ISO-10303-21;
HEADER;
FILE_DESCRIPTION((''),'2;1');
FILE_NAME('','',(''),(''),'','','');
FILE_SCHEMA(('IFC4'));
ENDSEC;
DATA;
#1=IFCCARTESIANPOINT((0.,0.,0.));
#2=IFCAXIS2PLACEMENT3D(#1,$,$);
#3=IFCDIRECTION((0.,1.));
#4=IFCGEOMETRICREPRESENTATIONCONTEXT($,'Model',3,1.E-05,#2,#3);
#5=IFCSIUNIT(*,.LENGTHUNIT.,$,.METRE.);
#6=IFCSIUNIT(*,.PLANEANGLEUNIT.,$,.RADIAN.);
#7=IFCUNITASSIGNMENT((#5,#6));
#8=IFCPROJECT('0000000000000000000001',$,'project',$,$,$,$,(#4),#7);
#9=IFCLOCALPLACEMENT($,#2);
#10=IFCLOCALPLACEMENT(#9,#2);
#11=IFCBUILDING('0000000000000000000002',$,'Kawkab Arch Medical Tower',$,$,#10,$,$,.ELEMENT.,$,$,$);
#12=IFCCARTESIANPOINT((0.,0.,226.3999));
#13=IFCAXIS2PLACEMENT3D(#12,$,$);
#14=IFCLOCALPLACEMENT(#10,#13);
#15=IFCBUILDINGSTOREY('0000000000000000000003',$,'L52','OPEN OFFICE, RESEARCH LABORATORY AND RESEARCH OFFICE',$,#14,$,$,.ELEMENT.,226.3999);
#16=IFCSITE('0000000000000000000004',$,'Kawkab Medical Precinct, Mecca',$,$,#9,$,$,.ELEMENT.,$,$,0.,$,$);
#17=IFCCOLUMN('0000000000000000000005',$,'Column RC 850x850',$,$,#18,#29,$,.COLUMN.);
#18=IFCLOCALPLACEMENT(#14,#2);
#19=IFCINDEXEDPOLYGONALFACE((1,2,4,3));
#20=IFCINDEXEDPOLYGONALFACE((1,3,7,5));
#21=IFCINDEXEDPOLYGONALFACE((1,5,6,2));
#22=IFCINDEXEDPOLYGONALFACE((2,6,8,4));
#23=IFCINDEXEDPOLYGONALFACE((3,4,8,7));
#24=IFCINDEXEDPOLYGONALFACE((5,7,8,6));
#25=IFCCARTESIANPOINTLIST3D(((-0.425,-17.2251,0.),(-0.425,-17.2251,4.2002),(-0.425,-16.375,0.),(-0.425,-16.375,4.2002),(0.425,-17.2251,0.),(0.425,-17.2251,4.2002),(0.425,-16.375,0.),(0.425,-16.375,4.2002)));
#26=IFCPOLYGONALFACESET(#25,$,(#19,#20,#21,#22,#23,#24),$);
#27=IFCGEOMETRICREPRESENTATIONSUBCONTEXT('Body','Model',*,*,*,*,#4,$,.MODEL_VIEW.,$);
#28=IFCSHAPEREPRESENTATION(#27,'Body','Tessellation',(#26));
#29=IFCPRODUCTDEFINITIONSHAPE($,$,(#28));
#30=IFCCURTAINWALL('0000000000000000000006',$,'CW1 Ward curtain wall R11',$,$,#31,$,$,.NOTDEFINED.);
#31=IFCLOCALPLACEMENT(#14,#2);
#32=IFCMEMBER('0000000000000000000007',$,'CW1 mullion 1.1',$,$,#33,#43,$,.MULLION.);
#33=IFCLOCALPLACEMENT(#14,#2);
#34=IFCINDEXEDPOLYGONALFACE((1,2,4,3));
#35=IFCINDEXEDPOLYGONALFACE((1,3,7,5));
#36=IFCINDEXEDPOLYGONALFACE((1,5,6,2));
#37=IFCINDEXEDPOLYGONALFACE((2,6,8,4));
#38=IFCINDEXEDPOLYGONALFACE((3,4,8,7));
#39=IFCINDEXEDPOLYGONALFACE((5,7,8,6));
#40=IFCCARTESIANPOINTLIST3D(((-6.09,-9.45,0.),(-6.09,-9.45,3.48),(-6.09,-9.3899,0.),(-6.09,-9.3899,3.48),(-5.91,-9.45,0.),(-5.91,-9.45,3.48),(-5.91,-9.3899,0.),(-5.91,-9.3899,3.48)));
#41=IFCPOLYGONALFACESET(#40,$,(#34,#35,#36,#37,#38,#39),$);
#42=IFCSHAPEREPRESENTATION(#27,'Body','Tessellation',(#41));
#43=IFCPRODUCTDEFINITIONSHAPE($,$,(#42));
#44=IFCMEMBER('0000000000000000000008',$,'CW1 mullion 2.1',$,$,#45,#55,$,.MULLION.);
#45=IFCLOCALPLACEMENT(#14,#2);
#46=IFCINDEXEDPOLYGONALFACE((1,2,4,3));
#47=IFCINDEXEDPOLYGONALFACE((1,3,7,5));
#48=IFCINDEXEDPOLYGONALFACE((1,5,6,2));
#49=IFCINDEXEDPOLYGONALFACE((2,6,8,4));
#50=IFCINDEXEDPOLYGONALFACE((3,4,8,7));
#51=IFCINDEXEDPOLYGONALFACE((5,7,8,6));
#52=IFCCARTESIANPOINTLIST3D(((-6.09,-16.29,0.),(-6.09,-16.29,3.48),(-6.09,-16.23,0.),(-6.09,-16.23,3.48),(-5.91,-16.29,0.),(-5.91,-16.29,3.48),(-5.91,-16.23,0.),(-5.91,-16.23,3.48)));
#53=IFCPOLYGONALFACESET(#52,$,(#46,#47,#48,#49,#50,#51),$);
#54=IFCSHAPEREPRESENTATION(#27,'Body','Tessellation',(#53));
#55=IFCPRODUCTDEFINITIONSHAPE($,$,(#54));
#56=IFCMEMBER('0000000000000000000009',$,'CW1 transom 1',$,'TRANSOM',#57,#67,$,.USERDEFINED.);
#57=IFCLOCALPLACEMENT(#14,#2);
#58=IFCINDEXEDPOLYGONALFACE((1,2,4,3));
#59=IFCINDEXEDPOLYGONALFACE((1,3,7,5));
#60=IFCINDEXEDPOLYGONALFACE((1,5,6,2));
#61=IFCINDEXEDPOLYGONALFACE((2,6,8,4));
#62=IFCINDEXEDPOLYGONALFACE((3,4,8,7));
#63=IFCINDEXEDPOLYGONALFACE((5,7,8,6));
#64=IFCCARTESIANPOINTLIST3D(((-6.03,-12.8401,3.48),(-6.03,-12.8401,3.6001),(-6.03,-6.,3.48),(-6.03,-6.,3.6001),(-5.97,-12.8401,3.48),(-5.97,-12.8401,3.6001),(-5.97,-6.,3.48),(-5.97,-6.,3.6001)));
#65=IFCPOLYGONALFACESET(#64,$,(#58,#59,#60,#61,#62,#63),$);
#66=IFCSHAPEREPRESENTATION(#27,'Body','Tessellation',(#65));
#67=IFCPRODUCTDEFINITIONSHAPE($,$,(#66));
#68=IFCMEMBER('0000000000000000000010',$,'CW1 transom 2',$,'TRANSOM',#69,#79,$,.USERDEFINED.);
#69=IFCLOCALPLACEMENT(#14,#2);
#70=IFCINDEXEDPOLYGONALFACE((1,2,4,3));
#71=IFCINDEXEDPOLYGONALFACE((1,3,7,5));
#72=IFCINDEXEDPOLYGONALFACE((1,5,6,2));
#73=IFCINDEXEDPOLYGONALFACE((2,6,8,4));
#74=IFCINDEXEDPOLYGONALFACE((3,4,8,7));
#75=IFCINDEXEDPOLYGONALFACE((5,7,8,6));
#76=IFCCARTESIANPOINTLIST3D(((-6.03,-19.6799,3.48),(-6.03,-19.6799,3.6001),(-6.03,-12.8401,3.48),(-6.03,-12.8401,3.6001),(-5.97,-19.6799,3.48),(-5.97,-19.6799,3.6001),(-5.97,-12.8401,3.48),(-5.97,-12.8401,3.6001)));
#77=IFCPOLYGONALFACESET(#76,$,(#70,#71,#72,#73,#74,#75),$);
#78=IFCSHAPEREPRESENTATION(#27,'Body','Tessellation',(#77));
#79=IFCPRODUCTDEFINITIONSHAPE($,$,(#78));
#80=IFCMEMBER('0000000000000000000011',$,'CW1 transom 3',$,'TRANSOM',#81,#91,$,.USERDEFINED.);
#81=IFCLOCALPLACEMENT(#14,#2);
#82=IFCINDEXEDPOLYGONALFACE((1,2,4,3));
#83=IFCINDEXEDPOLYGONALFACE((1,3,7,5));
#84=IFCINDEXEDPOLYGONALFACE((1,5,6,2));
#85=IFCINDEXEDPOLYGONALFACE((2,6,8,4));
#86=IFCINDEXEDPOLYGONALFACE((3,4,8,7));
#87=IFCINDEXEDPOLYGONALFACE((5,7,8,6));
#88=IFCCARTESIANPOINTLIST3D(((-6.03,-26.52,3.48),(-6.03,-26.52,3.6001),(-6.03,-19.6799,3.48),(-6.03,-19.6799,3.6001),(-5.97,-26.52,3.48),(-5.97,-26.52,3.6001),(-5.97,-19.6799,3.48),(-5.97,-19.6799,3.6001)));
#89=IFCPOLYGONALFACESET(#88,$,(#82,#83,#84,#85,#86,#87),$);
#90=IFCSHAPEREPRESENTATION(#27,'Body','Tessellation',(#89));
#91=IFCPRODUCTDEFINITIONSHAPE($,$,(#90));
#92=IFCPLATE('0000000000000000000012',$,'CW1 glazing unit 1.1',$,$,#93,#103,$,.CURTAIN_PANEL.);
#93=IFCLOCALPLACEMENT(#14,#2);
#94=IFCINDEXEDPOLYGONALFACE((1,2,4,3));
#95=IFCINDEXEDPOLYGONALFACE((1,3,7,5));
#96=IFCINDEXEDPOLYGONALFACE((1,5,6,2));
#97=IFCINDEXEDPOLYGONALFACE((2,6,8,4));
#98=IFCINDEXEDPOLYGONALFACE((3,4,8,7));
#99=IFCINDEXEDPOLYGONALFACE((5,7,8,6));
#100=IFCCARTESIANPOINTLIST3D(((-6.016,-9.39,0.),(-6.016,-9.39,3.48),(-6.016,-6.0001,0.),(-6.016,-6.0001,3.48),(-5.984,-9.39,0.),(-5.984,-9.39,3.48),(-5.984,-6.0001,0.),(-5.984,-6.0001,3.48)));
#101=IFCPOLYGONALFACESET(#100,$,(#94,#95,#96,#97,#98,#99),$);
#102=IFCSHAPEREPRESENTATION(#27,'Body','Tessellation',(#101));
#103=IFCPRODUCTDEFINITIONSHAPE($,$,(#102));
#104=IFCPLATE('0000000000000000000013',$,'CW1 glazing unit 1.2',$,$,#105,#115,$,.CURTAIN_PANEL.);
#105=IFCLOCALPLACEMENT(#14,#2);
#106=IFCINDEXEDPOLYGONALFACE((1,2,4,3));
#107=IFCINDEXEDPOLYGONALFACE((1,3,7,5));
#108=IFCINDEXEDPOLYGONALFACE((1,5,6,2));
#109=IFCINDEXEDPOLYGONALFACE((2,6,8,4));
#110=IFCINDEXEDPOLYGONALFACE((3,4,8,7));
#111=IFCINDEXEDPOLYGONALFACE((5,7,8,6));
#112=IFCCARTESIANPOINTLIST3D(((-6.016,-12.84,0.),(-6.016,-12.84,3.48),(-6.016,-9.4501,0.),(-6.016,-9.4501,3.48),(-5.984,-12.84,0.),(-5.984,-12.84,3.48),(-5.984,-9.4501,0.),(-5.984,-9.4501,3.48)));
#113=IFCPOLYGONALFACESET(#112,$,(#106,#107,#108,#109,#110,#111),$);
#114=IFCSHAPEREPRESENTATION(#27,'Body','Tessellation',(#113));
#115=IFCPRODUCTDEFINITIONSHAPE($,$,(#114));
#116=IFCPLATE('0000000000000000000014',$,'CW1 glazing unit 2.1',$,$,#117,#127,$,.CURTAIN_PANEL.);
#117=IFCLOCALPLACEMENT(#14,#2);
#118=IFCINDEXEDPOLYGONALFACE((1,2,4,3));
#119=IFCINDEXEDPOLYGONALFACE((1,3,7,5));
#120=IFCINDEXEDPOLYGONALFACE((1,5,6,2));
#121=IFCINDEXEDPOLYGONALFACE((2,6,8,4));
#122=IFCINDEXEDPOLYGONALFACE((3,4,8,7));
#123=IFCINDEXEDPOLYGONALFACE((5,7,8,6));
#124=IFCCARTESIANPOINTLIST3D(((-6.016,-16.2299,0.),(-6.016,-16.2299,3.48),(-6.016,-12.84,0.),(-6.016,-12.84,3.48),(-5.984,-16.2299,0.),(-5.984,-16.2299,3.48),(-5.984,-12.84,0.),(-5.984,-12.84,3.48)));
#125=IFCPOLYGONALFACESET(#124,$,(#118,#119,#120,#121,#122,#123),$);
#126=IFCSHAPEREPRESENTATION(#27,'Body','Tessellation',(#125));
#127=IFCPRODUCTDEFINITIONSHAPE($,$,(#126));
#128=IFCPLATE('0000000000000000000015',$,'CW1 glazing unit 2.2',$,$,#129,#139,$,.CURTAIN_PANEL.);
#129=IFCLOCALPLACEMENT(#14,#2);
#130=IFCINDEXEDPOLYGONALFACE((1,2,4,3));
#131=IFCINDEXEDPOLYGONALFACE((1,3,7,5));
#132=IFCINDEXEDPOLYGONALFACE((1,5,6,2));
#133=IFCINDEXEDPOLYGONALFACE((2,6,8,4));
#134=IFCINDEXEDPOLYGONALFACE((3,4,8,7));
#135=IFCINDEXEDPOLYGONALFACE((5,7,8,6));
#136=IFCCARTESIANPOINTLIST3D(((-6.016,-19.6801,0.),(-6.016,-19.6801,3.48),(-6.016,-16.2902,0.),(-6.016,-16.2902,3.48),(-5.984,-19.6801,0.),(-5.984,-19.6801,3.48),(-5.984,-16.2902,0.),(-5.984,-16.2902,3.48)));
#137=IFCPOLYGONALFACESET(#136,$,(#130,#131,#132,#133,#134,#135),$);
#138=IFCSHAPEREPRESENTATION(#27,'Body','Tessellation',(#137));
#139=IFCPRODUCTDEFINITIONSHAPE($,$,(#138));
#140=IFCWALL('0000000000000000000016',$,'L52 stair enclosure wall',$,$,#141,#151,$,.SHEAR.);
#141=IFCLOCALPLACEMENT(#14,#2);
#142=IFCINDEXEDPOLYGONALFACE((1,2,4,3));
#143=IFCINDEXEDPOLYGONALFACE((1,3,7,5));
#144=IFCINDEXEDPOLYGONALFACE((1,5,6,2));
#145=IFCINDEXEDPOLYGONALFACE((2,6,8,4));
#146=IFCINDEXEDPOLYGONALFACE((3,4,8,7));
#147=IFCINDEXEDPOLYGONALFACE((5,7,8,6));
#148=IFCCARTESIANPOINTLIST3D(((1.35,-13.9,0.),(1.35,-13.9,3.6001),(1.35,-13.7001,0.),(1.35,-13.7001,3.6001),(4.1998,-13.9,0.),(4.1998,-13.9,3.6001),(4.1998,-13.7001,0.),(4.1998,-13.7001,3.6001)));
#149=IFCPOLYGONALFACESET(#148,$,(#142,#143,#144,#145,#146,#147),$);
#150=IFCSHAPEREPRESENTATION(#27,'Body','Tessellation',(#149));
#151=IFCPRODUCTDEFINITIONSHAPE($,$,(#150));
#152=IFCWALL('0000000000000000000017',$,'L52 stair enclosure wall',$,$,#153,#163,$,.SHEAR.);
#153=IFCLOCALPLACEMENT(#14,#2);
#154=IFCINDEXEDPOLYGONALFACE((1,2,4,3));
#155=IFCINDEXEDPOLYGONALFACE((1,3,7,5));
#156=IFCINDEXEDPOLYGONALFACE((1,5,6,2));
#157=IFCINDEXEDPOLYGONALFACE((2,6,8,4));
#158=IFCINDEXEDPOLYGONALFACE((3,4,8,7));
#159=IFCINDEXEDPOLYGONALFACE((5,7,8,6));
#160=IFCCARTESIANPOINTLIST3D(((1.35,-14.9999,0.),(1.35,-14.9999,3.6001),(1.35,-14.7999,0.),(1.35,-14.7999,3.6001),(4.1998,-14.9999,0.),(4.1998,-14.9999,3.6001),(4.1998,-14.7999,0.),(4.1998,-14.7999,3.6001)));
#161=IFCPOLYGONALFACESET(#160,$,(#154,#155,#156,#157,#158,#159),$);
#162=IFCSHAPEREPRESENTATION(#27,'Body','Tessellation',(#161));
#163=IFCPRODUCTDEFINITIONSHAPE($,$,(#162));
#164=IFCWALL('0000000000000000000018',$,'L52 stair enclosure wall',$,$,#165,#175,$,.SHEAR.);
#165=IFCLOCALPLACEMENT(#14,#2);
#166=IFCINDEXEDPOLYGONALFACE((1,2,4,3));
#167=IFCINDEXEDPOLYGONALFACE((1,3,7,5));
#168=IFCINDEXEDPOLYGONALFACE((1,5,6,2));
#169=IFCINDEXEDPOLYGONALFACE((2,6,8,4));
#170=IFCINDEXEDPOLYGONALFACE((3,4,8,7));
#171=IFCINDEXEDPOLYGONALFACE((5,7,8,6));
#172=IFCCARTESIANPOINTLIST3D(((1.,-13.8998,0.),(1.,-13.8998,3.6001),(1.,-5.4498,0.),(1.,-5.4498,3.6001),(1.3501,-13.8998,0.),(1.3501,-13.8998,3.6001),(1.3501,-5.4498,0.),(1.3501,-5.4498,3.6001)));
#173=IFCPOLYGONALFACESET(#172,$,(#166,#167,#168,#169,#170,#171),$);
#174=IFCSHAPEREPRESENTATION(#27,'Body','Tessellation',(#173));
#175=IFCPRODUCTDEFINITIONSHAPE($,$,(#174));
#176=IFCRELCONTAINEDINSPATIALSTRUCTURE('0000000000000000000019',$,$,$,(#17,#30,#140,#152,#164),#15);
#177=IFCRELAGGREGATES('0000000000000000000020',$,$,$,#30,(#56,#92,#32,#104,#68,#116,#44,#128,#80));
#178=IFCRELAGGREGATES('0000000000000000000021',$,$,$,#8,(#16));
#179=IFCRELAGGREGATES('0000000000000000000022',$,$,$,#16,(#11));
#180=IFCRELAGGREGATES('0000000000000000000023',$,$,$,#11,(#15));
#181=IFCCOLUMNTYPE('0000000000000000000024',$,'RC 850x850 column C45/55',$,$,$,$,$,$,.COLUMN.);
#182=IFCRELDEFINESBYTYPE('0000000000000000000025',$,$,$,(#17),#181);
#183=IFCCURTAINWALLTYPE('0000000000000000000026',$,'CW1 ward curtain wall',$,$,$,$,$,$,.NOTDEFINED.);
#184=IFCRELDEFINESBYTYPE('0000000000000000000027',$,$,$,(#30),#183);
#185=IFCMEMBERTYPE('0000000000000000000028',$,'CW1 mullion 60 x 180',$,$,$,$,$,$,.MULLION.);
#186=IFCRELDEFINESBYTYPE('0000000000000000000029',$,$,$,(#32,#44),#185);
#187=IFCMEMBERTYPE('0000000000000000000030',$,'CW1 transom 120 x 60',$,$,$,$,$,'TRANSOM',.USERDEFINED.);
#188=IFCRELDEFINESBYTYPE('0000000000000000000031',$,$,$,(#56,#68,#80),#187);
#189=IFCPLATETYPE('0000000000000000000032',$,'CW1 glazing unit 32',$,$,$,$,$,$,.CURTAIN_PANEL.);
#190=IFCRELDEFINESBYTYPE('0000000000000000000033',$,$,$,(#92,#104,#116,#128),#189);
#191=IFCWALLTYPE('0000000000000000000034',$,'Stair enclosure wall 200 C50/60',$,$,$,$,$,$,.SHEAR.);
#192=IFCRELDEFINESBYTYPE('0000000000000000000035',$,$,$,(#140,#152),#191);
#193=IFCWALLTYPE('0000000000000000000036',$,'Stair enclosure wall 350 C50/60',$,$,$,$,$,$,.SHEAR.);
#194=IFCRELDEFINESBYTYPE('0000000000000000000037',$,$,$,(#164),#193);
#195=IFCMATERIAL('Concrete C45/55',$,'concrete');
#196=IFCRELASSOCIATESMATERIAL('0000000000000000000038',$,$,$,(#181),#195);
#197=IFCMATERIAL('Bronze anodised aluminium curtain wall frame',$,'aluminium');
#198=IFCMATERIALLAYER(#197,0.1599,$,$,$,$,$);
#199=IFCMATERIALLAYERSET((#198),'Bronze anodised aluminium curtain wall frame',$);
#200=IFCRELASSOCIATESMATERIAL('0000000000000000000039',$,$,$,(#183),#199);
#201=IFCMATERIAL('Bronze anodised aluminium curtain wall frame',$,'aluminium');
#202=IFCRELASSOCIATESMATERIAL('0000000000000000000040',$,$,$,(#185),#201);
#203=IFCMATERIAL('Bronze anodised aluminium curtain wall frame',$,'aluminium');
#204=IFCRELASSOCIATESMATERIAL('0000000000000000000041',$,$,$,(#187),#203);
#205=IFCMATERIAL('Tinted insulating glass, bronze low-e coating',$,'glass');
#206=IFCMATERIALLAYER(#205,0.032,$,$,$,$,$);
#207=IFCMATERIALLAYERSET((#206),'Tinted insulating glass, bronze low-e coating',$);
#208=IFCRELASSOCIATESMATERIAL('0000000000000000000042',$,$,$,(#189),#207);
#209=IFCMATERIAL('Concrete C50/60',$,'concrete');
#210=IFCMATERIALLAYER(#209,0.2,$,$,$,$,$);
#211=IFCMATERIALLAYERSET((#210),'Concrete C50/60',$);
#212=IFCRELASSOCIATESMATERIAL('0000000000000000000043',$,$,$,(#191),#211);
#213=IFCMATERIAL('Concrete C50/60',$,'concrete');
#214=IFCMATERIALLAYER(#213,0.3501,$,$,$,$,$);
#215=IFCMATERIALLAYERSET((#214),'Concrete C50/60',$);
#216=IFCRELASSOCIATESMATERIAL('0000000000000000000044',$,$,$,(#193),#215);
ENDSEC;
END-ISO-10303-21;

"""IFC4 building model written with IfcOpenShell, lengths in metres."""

from ifc_helpers import new_model, si_unit, direction, frame, frame_2d, origin, origin_2d, place, context, subcontext, project, spatial, rectangle, extrude, material, layer, layer_set, material_profile, profile_set, type_object, element, aggregate, save


model = new_model("IFC4")

# Units and contexts
model_context = context("Model", 3, precision=1e-05, world=origin(), true_north=direction((0.0, 1.0)))
body_context = subcontext(model_context, "Body", "Model", "MODEL_VIEW")
ifc_project = project(units=[si_unit("LENGTHUNIT", "METRE"), si_unit("PLANEANGLEUNIT", "RADIAN")], contexts=[model_context])

# Site, building, storey
site_placement = place(None, origin())
site = spatial("IfcSite", under=ifc_project, at=site_placement, Name="Kawkab Medical Precinct, Mecca", CompositionType="ELEMENT", RefElevation=0.0)
building_placement = place(site_placement, origin())
building = spatial("IfcBuilding", under=site, at=building_placement, Name="Kawkab Arch Medical Tower", CompositionType="ELEMENT")
storey_placement = place(building_placement, frame((0.0, 0.0, 226.3999)))
storey = spatial("IfcBuildingStorey", under=building, at=storey_placement, Name="L52", Description="OPEN OFFICE, RESEARCH LABORATORY AND RESEARCH OFFICE", CompositionType="ELEMENT", Elevation=226.3999)

# Column
ifc_material_1 = material(Name="Concrete C45/55", Category="concrete")
ifc_material_profile_1 = material_profile(ifc_material_1, rectangle(XDim=0.8501, YDim=0.8501, at=origin_2d()), Name="RC 850x850")
ifc_profile_set_1 = profile_set([ifc_material_profile_1], Name="Concrete C45/55")
column_type = type_object("IfcColumnType", Name="RC 850x850 column C45/55", PredefinedType="COLUMN", material=ifc_profile_set_1)
column_placement = place(storey_placement, frame((0.0, -16.8, 0.0), z_axis=(0.0, 0.0, 1.0), x_axis=(1.0, 0.0, 0.0)))
element("IfcColumn", 1, at=column_placement, inside=storey, type_object=column_type, Name="Column RC 850x850", PredefinedType="COLUMN", context=body_context, shape_type="SweptSolid", body=[
    extrude(rectangle(XDim=0.8501, YDim=0.8501, at=origin_2d()), origin(), (0.0, 0.0, 1.0), 4.2002),
])

# Curtain wall, members, plates
ifc_material_2 = material(Name="Bronze anodised aluminium curtain wall frame", Category="aluminium")
ifc_layer_1 = layer(ifc_material_2, 0.1599)
ifc_layer_set_1 = layer_set([ifc_layer_1], Name="Bronze anodised aluminium curtain wall frame")
curtain_wall_type = type_object("IfcCurtainWallType", Name="CW1 ward curtain wall", PredefinedType="NOTDEFINED", material=ifc_layer_set_1)
placement = place(storey_placement, origin())
curtain_wall = element("IfcCurtainWall", 2, at=placement, inside=storey, type_object=curtain_wall_type, Name="CW1 Ward curtain wall R11", PredefinedType="NOTDEFINED")
ifc_material_3 = material(Name="Bronze anodised aluminium curtain wall frame", Category="aluminium")
ifc_material_profile_2 = material_profile(ifc_material_3, rectangle(XDim=0.1799, YDim=0.0601, at=origin_2d()), Name="AL 60x180")
ifc_profile_set_2 = profile_set([ifc_material_profile_2], Name="Bronze anodised aluminium curtain wall frame")
member_type_1 = type_object("IfcMemberType", Name="CW1 mullion 60 x 180", PredefinedType="MULLION", material=ifc_profile_set_2)
member_1_placement = place(storey_placement, frame((-6.0, -9.4199, 0.0), z_axis=(0.0, 0.0, 1.0), x_axis=(1.0, 0.0, 0.0)))
member_1 = element("IfcMember", 3, at=member_1_placement, type_object=member_type_1, Name="CW1 mullion 1.1", PredefinedType="MULLION", context=body_context, shape_type="SweptSolid", body=[
    extrude(rectangle(XDim=0.1799, YDim=0.0601, at=origin_2d()), origin(), (0.0, 0.0, 1.0), 3.48),
])
member_2_placement = place(storey_placement, frame((-6.0, -16.26, 0.0), z_axis=(0.0, 0.0, 1.0), x_axis=(1.0, 0.0, 0.0)))
member_2 = element("IfcMember", 4, at=member_2_placement, type_object=member_type_1, Name="CW1 mullion 2.1", PredefinedType="MULLION", context=body_context, shape_type="SweptSolid", body=[
    extrude(rectangle(XDim=0.1799, YDim=0.0601, at=origin_2d()), origin(), (0.0, 0.0, 1.0), 3.48),
])
ifc_material_4 = material(Name="Bronze anodised aluminium curtain wall frame", Category="aluminium")
ifc_material_profile_3 = material_profile(ifc_material_4, rectangle(XDim=0.0601, YDim=0.1201, at=origin_2d()), Name="AL 60x120")
ifc_profile_set_3 = profile_set([ifc_material_profile_3], Name="Bronze anodised aluminium curtain wall frame")
member_type_2 = type_object("IfcMemberType", Name="CW1 transom 120 x 60", ElementType="TRANSOM", PredefinedType="USERDEFINED", material=ifc_profile_set_3)
member_3_placement = place(storey_placement, frame((-6.0, -6.0, 3.54), z_axis=(0.0, -1.0, 0.0), x_axis=(1.0, 0.0, 0.0)))
member_3 = element("IfcMember", 5, at=member_3_placement, type_object=member_type_2, Name="CW1 transom 1", ObjectType="TRANSOM", PredefinedType="USERDEFINED", context=body_context, shape_type="SweptSolid", body=[
    extrude(rectangle(XDim=0.0601, YDim=0.1201, at=origin_2d()), origin(), (0.0, 0.0, 1.0), 6.8401),
])
member_4_placement = place(storey_placement, frame((-6.0, -12.8401, 3.54), z_axis=(0.0, -1.0, 0.0), x_axis=(1.0, 0.0, 0.0)))
member_4 = element("IfcMember", 6, at=member_4_placement, type_object=member_type_2, Name="CW1 transom 2", ObjectType="TRANSOM", PredefinedType="USERDEFINED", context=body_context, shape_type="SweptSolid", body=[
    extrude(rectangle(XDim=0.0601, YDim=0.1201, at=origin_2d()), origin(), (0.0, 0.0, 1.0), 6.8398),
])
member_5_placement = place(storey_placement, frame((-6.0, -19.6799, 3.54), z_axis=(0.0, -1.0, 0.0), x_axis=(1.0, 0.0, 0.0)))
member_5 = element("IfcMember", 7, at=member_5_placement, type_object=member_type_2, Name="CW1 transom 3", ObjectType="TRANSOM", PredefinedType="USERDEFINED", context=body_context, shape_type="SweptSolid", body=[
    extrude(rectangle(XDim=0.0601, YDim=0.1201, at=origin_2d()), origin(), (0.0, 0.0, 1.0), 6.8401),
])
ifc_material_5 = material(Name="Tinted insulating glass, bronze low-e coating", Category="glass")
ifc_layer_2 = layer(ifc_material_5, 0.032)
ifc_layer_set_2 = layer_set([ifc_layer_2], Name="Tinted insulating glass, bronze low-e coating")
plate_type = type_object("IfcPlateType", Name="CW1 glazing unit 32", PredefinedType="CURTAIN_PANEL", material=ifc_layer_set_2)
plate_1_placement = place(storey_placement, frame((-6.0, -7.6951, 0.0), z_axis=(0.0, 0.0, 1.0), x_axis=(0.0, -1.0, 0.0)))
plate_1 = element("IfcPlate", 8, at=plate_1_placement, type_object=plate_type, Name="CW1 glazing unit 1.1", PredefinedType="CURTAIN_PANEL", context=body_context, shape_type="SweptSolid", body=[
    extrude(rectangle(XDim=3.3899, YDim=0.032, at=origin_2d()), origin(), (0.0, 0.0, 1.0), 3.48),
])
plate_2_placement = place(storey_placement, frame((-6.0, -11.145, 0.0), z_axis=(0.0, 0.0, 1.0), x_axis=(0.0, -1.0, 0.0)))
plate_2 = element("IfcPlate", 9, at=plate_2_placement, type_object=plate_type, Name="CW1 glazing unit 1.2", PredefinedType="CURTAIN_PANEL", context=body_context, shape_type="SweptSolid", body=[
    extrude(rectangle(XDim=3.3899, YDim=0.032, at=origin_2d()), origin(), (0.0, 0.0, 1.0), 3.48),
])
plate_3_placement = place(storey_placement, frame((-6.0, -14.5349, 0.0), z_axis=(0.0, 0.0, 1.0), x_axis=(0.0, -1.0, 0.0)))
plate_3 = element("IfcPlate", 10, at=plate_3_placement, type_object=plate_type, Name="CW1 glazing unit 2.1", PredefinedType="CURTAIN_PANEL", context=body_context, shape_type="SweptSolid", body=[
    extrude(rectangle(XDim=3.3899, YDim=0.032, at=origin_2d()), origin(), (0.0, 0.0, 1.0), 3.48),
])
plate_4_placement = place(storey_placement, frame((-6.0, -17.9851, 0.0), z_axis=(0.0, 0.0, 1.0), x_axis=(0.0, -1.0, 0.0)))
plate_4 = element("IfcPlate", 11, at=plate_4_placement, type_object=plate_type, Name="CW1 glazing unit 2.2", PredefinedType="CURTAIN_PANEL", context=body_context, shape_type="SweptSolid", body=[
    extrude(rectangle(XDim=3.3899, YDim=0.032, at=origin_2d()), origin(), (0.0, 0.0, 1.0), 3.48),
])
aggregate(curtain_wall, [member_3, plate_1, member_1, plate_2, member_4, plate_3, member_2, plate_4, member_5])

# Walls
ifc_material_6 = material(Name="Concrete C50/60", Category="concrete")
ifc_layer_3 = layer(ifc_material_6, 0.2)
ifc_layer_set_3 = layer_set([ifc_layer_3], Name="Concrete C50/60")
wall_type_1 = type_object("IfcWallType", Name="Stair enclosure wall 200 C50/60", PredefinedType="SHEAR", material=ifc_layer_set_3)
for number, where, z_axis, x_axis, name in (
    (12, (1.3501, -13.8, 0.0), (0.0, 0.0, 1.0), (1.0, 0.0, 0.0), "L52 stair enclosure wall"),
    (13, (1.3501, -14.8999, 0.0), (0.0, 0.0, 1.0), (1.0, 0.0, 0.0), "L52 stair enclosure wall"),
):
    element("IfcWall", number, at=place(storey_placement, frame(where, z_axis=z_axis, x_axis=x_axis)), inside=storey, type_object=wall_type_1, Name=name, PredefinedType="SHEAR", context=body_context, shape_type="SweptSolid", body=[
        extrude(rectangle(XDim=2.8499, YDim=0.2, at=frame_2d((1.4248, 0.0))), origin(), (0.0, 0.0, 1.0), 3.6001),
    ])
ifc_material_7 = material(Name="Concrete C50/60", Category="concrete")
ifc_layer_4 = layer(ifc_material_7, 0.3501)
ifc_layer_set_4 = layer_set([ifc_layer_4], Name="Concrete C50/60")
wall_type_2 = type_object("IfcWallType", Name="Stair enclosure wall 350 C50/60", PredefinedType="SHEAR", material=ifc_layer_set_4)
wall_placement = place(storey_placement, frame((1.175, -13.8999, 0.0), z_axis=(0.0, 0.0, 1.0), x_axis=(0.0, 1.0, 0.0)))
element("IfcWall", 14, at=wall_placement, inside=storey, type_object=wall_type_2, Name="L52 stair enclosure wall", PredefinedType="SHEAR", context=body_context, shape_type="SweptSolid", body=[
    extrude(rectangle(XDim=8.45, YDim=0.3501, at=frame_2d((4.2251, 0.0))), origin(), (0.0, 0.0, 1.0), 3.6001),
])

save(model, "model.ifc")
